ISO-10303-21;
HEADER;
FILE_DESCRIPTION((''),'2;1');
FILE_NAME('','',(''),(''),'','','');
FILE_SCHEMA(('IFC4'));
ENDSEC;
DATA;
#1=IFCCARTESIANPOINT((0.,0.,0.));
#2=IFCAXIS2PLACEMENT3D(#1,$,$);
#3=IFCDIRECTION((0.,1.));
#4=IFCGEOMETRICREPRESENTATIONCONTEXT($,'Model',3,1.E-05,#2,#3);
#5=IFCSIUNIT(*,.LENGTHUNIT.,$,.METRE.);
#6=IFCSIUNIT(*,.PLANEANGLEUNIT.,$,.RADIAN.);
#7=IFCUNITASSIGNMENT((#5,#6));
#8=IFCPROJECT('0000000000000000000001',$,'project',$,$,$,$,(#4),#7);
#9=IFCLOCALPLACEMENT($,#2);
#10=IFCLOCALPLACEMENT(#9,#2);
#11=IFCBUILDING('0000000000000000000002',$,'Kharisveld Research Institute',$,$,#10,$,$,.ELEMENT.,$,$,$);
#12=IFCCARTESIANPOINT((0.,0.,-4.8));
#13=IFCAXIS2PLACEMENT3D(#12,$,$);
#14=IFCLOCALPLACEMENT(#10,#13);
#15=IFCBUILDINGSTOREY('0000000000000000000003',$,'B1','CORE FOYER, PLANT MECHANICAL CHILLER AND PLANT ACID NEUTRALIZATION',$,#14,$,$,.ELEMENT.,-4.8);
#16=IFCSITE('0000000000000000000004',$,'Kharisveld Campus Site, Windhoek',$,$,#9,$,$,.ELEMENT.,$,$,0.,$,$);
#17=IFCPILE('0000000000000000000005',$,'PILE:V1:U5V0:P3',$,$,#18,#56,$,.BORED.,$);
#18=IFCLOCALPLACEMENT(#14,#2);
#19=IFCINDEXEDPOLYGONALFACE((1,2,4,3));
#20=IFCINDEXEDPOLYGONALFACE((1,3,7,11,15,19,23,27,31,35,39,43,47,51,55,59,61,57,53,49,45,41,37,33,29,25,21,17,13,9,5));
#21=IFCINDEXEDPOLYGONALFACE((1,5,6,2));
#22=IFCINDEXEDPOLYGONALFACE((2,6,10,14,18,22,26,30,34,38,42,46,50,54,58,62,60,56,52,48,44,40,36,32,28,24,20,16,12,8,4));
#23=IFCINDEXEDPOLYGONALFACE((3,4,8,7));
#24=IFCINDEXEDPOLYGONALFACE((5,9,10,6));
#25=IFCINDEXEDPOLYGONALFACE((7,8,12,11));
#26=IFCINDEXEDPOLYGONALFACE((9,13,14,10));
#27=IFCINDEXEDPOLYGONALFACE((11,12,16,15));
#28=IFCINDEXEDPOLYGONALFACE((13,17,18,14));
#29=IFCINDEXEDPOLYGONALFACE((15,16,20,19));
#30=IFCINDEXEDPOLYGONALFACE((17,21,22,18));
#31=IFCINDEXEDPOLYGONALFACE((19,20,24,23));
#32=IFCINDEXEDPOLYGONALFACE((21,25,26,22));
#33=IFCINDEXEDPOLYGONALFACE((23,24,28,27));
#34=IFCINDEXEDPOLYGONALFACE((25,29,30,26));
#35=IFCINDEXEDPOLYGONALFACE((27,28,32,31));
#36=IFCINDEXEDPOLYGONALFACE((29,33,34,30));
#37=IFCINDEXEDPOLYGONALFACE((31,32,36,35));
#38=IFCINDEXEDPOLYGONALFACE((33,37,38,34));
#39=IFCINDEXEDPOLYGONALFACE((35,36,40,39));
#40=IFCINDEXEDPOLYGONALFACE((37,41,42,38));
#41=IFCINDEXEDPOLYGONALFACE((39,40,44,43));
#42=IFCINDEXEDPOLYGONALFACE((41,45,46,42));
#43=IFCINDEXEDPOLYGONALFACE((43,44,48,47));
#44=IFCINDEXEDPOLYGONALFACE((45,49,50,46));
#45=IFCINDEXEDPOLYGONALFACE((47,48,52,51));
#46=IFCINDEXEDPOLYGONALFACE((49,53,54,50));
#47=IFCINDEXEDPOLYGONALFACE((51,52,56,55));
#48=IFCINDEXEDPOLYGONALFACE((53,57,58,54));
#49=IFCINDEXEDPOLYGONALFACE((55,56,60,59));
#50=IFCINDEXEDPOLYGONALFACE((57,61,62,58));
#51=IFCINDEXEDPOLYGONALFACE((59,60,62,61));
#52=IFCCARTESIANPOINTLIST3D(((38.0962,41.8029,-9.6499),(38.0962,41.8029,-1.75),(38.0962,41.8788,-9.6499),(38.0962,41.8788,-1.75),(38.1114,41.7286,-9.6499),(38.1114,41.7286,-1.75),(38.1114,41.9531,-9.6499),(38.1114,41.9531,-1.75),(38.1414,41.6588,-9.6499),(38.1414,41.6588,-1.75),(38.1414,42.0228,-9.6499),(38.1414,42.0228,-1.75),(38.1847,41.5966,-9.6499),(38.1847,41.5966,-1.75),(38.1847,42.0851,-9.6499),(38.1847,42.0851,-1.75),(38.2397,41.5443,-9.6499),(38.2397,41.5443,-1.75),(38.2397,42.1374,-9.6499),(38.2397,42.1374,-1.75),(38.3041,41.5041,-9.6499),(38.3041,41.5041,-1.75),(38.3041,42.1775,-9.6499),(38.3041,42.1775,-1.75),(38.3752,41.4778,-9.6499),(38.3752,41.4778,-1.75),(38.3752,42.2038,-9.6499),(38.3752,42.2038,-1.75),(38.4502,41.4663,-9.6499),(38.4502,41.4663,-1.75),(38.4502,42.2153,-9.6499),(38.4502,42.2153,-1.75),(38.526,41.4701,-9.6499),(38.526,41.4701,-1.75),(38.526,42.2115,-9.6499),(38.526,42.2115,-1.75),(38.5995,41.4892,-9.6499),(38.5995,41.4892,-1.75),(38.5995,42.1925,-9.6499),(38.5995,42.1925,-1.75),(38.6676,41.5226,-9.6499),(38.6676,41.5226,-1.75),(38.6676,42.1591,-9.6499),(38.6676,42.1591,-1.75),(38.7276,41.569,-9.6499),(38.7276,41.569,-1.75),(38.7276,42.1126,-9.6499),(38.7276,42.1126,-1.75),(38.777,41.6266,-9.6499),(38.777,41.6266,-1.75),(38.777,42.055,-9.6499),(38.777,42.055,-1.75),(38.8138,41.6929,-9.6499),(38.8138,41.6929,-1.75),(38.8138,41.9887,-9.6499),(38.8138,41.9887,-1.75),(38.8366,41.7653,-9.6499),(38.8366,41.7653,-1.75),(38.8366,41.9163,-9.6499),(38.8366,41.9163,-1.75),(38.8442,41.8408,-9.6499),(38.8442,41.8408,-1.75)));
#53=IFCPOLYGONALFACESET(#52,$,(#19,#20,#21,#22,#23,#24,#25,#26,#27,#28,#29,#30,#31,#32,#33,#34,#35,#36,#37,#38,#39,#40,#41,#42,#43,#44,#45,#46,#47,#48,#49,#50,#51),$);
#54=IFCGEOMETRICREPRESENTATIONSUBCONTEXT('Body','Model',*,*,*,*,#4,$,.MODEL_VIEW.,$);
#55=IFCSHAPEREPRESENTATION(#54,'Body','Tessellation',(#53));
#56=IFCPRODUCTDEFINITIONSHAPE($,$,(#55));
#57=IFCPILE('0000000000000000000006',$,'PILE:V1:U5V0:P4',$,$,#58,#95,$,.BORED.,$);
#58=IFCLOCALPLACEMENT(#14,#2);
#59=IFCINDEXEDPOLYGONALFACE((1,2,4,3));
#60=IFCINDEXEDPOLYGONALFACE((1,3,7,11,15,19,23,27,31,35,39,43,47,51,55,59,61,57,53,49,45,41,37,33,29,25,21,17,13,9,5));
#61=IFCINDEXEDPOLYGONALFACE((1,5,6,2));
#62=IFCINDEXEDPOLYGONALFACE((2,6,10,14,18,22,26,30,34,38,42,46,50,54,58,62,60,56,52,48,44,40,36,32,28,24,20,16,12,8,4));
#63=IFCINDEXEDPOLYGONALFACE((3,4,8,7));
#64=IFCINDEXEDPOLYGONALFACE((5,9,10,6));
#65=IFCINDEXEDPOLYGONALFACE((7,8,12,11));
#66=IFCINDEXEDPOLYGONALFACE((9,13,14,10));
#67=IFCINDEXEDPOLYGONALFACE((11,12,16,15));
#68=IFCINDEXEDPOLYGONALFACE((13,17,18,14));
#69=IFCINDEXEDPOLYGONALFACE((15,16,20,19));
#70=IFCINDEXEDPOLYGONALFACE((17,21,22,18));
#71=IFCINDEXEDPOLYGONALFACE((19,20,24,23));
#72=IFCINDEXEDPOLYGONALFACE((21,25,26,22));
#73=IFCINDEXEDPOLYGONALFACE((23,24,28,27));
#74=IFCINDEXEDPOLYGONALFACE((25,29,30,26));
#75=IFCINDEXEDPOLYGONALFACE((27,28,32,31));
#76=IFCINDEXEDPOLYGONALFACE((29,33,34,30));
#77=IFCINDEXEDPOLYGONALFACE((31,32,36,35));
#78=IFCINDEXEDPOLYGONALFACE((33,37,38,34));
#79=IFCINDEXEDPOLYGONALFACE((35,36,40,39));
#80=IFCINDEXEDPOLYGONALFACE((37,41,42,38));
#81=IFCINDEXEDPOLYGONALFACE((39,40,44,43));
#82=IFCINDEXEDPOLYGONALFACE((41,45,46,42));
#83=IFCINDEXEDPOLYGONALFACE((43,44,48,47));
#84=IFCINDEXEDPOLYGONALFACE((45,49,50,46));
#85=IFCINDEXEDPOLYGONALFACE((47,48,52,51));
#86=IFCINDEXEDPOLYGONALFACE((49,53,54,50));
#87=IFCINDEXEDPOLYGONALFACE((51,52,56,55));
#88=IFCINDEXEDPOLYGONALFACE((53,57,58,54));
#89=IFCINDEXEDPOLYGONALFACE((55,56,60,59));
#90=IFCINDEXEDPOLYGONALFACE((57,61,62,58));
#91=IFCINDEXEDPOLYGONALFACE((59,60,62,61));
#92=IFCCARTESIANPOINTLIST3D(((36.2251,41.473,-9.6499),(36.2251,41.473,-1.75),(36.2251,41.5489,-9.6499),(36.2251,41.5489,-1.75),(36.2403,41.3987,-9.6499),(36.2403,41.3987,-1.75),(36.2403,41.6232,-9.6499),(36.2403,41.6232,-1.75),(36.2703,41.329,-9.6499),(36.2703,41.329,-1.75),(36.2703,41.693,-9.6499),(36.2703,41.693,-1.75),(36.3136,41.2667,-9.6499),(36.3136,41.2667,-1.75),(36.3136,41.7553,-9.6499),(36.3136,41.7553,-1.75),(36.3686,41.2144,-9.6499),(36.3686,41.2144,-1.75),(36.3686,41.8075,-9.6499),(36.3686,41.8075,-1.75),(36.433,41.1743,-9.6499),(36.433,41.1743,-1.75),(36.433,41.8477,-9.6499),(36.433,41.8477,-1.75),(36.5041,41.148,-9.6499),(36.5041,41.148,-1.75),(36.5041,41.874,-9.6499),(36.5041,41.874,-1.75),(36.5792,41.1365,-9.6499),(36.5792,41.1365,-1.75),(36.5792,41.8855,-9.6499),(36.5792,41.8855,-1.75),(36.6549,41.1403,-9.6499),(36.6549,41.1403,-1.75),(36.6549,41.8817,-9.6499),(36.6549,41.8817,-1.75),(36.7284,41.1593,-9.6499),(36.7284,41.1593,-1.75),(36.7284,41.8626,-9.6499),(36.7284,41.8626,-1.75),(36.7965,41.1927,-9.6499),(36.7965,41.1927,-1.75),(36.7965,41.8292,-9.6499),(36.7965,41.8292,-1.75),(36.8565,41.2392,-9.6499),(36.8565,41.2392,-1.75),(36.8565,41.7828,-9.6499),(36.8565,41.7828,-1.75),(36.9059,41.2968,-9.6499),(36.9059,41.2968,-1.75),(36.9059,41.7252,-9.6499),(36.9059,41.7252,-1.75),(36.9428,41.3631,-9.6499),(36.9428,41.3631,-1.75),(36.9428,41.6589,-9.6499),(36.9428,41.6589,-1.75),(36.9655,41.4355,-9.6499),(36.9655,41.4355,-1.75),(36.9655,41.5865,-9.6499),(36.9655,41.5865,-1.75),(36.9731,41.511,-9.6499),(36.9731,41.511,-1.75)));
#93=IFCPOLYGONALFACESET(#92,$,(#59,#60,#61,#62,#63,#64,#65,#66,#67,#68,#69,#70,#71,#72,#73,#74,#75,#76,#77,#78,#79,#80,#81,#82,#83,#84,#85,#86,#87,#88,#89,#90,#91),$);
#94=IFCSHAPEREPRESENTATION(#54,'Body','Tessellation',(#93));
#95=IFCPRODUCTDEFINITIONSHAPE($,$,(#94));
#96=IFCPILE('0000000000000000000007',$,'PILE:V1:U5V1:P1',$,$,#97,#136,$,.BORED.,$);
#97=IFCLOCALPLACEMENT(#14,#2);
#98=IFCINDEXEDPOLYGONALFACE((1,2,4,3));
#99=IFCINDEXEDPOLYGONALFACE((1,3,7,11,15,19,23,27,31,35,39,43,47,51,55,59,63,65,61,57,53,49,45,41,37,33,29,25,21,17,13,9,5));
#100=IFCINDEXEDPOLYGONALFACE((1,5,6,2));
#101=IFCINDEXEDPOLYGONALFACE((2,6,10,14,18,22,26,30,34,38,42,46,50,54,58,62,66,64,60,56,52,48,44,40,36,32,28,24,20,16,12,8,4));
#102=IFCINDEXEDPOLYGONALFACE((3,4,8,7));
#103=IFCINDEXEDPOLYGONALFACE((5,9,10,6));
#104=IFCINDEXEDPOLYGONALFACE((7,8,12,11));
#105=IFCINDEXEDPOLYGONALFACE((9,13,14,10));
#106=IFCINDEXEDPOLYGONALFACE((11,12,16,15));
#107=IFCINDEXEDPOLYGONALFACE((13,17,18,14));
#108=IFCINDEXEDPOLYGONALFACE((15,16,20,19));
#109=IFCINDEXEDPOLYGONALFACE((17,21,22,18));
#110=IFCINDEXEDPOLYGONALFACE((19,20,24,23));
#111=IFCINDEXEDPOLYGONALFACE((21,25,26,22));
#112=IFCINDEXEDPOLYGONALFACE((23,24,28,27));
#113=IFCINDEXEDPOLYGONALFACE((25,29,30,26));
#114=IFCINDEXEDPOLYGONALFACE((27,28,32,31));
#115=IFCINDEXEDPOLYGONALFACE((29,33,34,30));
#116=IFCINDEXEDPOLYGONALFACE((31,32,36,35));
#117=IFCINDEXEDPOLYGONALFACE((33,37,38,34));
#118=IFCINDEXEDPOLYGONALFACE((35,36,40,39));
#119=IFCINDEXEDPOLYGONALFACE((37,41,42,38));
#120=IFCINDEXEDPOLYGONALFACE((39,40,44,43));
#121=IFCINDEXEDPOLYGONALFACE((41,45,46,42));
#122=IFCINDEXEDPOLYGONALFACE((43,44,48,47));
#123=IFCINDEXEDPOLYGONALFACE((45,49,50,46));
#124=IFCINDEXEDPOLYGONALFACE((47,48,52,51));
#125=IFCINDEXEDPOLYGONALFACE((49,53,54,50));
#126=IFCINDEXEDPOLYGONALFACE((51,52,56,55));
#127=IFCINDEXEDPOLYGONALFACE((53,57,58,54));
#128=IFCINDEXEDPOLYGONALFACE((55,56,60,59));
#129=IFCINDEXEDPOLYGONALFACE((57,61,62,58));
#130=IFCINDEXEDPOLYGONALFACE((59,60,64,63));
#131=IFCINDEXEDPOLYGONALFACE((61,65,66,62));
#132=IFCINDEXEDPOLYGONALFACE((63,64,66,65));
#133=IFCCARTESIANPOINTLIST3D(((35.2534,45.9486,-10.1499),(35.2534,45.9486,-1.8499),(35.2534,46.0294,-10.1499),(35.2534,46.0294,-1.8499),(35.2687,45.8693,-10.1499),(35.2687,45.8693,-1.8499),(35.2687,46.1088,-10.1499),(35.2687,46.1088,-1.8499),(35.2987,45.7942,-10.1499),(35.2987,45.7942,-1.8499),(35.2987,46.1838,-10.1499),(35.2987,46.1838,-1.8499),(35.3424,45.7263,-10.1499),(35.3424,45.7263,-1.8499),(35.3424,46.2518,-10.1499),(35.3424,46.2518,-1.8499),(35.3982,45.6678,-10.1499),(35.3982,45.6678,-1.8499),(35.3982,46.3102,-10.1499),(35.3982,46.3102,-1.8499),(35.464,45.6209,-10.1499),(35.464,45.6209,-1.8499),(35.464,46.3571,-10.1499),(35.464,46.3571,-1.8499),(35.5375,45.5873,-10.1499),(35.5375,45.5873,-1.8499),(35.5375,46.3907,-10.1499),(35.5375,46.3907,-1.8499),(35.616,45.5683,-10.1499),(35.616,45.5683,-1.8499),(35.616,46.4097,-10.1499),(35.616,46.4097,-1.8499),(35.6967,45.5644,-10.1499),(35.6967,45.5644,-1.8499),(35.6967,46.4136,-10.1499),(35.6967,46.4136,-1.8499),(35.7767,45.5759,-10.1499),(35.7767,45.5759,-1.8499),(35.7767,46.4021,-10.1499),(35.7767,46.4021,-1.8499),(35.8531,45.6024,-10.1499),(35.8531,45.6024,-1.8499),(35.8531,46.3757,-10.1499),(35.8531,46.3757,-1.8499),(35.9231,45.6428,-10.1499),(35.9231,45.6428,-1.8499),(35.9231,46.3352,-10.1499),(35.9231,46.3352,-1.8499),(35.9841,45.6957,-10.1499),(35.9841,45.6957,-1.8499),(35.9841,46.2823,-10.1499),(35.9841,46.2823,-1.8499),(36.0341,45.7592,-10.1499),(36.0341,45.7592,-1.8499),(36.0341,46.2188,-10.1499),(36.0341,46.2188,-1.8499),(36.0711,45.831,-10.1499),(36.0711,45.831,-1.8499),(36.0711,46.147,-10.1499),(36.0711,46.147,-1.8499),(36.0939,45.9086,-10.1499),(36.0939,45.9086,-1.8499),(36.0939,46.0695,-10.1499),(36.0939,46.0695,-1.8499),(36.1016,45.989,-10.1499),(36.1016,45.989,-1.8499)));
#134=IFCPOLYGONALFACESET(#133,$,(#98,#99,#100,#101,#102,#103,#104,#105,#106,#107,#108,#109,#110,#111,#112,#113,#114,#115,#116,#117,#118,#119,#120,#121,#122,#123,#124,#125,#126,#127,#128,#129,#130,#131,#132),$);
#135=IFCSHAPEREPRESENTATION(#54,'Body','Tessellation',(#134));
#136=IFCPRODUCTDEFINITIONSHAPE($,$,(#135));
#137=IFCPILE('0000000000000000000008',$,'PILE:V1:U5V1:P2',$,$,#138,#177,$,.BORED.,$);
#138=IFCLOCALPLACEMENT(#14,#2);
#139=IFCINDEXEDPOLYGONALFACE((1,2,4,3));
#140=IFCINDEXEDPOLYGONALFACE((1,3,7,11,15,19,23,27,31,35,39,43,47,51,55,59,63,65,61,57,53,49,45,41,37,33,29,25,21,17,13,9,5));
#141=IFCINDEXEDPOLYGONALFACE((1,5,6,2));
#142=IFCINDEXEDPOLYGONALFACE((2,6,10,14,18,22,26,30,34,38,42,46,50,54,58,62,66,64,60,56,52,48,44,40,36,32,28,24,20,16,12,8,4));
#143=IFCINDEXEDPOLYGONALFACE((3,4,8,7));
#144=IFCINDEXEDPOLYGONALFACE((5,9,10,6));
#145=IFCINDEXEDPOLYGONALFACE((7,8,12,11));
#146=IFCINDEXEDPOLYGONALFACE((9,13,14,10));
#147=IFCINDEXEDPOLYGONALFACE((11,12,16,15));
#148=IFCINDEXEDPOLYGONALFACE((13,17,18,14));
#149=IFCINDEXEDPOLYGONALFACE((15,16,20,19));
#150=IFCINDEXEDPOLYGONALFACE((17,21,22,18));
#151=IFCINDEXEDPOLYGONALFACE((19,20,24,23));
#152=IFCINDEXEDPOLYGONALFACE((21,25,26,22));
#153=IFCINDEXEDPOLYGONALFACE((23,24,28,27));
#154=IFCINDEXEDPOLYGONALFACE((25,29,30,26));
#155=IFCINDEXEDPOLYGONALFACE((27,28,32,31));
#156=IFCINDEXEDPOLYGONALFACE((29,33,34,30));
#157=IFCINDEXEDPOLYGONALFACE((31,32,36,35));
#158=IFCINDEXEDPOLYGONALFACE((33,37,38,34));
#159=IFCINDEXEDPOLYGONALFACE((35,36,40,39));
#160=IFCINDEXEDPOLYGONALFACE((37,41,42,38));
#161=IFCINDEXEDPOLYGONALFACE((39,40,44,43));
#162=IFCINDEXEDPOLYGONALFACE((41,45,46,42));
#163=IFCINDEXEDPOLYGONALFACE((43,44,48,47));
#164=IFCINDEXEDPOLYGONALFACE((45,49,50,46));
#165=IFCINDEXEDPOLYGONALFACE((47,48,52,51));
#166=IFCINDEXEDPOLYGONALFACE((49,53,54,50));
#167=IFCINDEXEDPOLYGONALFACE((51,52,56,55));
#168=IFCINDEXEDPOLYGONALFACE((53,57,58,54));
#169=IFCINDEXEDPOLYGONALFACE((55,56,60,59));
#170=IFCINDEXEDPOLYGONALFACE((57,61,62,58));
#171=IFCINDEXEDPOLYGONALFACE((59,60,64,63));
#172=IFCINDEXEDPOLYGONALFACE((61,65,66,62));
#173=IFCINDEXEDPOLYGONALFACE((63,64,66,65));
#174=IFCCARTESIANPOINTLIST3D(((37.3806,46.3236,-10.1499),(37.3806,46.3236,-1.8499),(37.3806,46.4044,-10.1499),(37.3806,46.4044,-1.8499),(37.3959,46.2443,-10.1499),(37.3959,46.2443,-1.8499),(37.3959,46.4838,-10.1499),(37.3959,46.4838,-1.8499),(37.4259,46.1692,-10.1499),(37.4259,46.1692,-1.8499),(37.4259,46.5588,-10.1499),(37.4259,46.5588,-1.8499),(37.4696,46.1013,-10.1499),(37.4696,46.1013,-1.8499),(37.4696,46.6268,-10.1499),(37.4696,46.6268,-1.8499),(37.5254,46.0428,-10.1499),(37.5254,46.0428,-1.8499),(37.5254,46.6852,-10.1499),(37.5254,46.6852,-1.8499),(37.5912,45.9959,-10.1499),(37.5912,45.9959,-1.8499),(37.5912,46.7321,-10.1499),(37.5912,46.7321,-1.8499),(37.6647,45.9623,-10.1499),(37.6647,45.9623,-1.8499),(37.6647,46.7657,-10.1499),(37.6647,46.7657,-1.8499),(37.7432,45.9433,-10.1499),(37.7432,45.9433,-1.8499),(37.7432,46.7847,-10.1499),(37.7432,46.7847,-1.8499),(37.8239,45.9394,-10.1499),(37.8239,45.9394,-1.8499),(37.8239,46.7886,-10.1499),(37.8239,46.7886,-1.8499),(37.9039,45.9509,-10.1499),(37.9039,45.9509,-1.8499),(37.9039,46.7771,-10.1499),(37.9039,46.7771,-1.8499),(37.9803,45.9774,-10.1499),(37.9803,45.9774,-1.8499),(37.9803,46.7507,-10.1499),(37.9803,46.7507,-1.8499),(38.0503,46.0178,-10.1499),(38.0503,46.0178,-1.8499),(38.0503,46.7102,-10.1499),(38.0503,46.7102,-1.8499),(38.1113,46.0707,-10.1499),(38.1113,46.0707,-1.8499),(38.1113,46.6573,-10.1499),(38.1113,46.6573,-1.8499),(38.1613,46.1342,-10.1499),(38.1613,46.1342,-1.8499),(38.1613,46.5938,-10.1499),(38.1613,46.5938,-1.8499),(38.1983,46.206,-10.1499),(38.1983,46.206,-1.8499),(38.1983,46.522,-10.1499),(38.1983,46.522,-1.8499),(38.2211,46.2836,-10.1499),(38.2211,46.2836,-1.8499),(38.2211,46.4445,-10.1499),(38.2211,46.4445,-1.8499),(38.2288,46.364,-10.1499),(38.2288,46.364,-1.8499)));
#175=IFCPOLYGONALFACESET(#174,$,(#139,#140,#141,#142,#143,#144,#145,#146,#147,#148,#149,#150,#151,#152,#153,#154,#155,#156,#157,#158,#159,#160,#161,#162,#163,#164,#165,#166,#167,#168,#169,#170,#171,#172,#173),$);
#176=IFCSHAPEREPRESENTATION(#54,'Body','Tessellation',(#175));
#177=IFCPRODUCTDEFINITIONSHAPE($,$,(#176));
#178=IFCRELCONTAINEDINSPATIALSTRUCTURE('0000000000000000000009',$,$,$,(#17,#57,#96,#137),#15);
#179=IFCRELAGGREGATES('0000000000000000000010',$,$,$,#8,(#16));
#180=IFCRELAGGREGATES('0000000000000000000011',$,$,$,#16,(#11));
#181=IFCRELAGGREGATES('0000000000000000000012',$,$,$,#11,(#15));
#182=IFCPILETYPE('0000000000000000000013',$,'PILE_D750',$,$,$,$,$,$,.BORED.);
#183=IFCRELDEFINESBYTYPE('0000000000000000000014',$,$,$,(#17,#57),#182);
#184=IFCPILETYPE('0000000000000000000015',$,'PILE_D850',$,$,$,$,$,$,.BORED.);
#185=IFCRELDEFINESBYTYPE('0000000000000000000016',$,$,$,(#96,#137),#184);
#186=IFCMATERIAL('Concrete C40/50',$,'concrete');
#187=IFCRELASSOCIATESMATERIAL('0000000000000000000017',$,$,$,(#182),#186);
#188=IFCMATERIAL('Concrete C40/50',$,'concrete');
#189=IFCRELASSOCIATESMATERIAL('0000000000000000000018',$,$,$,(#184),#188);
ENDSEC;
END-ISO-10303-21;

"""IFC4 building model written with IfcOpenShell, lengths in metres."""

from ifc_helpers import new_model, si_unit, direction, frame, origin, origin_2d, place, context, subcontext, project, spatial, circle, extrude, material, material_profile, profile_set, type_object, element, save


model = new_model("IFC4")

# Units and contexts
model_context = context("Model", 3, precision=1e-05, world=origin(), true_north=direction((0.0, 1.0)))
body_context = subcontext(model_context, "Body", "Model", "MODEL_VIEW")
ifc_project = project(units=[si_unit("LENGTHUNIT", "METRE"), si_unit("PLANEANGLEUNIT", "RADIAN")], contexts=[model_context])

# Site, building, storey
site_placement = place(None, origin())
site = spatial("IfcSite", under=ifc_project, at=site_placement, Name="Kharisveld Campus Site, Windhoek", CompositionType="ELEMENT", RefElevation=0.0)
building_placement = place(site_placement, origin())
building = spatial("IfcBuilding", under=site, at=building_placement, Name="Kharisveld Research Institute", CompositionType="ELEMENT")
storey_placement = place(building_placement, frame((0.0, 0.0, -4.8)))
storey = spatial("IfcBuildingStorey", under=building, at=storey_placement, Name="B1", Description="CORE FOYER, PLANT MECHANICAL CHILLER AND PLANT ACID NEUTRALIZATION", CompositionType="ELEMENT", Elevation=-4.8)

# Piles
ifc_material_1 = material(Name="Concrete C40/50", Category="concrete")
ifc_material_profile_1 = material_profile(ifc_material_1, circle(Radius=0.375, at=origin_2d()))
ifc_profile_set_1 = profile_set([ifc_material_profile_1], Name="Concrete C40/50")
pile_type_1 = type_object("IfcPileType", Name="PILE_D750", PredefinedType="BORED", material=ifc_profile_set_1)
for number, where, z_axis, x_axis, name in (
    (1, (38.4692, 41.8408, -1.75), (0.0, 0.0, -1.0), (1.0, 0.0, 0.0), "PILE:V1:U5V0:P3"),
    (2, (36.5981, 41.511, -1.75), (0.0, 0.0, -1.0), (1.0, 0.0, 0.0), "PILE:V1:U5V0:P4"),
):
    element("IfcPile", number, at=place(storey_placement, frame(where, z_axis=z_axis, x_axis=x_axis)), inside=storey, type_object=pile_type_1, Name=name, PredefinedType="BORED", context=body_context, shape_type="SweptSolid", body=[
        extrude(circle(Radius=0.375, at=origin_2d()), origin(), (0.0, 0.0, 1.0), 7.8999),
    ])
ifc_material_2 = material(Name="Concrete C40/50", Category="concrete")
ifc_material_profile_2 = material_profile(ifc_material_2, circle(Radius=0.425, at=origin_2d()))
ifc_profile_set_2 = profile_set([ifc_material_profile_2], Name="Concrete C40/50")
pile_type_2 = type_object("IfcPileType", Name="PILE_D850", PredefinedType="BORED", material=ifc_profile_set_2)
for number, where, z_axis, x_axis, name in (
    (3, (35.6765, 45.989, -1.8499), (0.0, 0.0, -1.0), (1.0, 0.0, 0.0), "PILE:V1:U5V1:P1"),
    (4, (37.8037, 46.364, -1.8499), (0.0, 0.0, -1.0), (1.0, 0.0, 0.0), "PILE:V1:U5V1:P2"),
):
    element("IfcPile", number, at=place(storey_placement, frame(where, z_axis=z_axis, x_axis=x_axis)), inside=storey, type_object=pile_type_2, Name=name, PredefinedType="BORED", context=body_context, shape_type="SweptSolid", body=[
        extrude(circle(Radius=0.425, at=origin_2d()), origin(), (0.0, 0.0, 1.0), 8.3),
    ])

save(model, "model.ifc")
